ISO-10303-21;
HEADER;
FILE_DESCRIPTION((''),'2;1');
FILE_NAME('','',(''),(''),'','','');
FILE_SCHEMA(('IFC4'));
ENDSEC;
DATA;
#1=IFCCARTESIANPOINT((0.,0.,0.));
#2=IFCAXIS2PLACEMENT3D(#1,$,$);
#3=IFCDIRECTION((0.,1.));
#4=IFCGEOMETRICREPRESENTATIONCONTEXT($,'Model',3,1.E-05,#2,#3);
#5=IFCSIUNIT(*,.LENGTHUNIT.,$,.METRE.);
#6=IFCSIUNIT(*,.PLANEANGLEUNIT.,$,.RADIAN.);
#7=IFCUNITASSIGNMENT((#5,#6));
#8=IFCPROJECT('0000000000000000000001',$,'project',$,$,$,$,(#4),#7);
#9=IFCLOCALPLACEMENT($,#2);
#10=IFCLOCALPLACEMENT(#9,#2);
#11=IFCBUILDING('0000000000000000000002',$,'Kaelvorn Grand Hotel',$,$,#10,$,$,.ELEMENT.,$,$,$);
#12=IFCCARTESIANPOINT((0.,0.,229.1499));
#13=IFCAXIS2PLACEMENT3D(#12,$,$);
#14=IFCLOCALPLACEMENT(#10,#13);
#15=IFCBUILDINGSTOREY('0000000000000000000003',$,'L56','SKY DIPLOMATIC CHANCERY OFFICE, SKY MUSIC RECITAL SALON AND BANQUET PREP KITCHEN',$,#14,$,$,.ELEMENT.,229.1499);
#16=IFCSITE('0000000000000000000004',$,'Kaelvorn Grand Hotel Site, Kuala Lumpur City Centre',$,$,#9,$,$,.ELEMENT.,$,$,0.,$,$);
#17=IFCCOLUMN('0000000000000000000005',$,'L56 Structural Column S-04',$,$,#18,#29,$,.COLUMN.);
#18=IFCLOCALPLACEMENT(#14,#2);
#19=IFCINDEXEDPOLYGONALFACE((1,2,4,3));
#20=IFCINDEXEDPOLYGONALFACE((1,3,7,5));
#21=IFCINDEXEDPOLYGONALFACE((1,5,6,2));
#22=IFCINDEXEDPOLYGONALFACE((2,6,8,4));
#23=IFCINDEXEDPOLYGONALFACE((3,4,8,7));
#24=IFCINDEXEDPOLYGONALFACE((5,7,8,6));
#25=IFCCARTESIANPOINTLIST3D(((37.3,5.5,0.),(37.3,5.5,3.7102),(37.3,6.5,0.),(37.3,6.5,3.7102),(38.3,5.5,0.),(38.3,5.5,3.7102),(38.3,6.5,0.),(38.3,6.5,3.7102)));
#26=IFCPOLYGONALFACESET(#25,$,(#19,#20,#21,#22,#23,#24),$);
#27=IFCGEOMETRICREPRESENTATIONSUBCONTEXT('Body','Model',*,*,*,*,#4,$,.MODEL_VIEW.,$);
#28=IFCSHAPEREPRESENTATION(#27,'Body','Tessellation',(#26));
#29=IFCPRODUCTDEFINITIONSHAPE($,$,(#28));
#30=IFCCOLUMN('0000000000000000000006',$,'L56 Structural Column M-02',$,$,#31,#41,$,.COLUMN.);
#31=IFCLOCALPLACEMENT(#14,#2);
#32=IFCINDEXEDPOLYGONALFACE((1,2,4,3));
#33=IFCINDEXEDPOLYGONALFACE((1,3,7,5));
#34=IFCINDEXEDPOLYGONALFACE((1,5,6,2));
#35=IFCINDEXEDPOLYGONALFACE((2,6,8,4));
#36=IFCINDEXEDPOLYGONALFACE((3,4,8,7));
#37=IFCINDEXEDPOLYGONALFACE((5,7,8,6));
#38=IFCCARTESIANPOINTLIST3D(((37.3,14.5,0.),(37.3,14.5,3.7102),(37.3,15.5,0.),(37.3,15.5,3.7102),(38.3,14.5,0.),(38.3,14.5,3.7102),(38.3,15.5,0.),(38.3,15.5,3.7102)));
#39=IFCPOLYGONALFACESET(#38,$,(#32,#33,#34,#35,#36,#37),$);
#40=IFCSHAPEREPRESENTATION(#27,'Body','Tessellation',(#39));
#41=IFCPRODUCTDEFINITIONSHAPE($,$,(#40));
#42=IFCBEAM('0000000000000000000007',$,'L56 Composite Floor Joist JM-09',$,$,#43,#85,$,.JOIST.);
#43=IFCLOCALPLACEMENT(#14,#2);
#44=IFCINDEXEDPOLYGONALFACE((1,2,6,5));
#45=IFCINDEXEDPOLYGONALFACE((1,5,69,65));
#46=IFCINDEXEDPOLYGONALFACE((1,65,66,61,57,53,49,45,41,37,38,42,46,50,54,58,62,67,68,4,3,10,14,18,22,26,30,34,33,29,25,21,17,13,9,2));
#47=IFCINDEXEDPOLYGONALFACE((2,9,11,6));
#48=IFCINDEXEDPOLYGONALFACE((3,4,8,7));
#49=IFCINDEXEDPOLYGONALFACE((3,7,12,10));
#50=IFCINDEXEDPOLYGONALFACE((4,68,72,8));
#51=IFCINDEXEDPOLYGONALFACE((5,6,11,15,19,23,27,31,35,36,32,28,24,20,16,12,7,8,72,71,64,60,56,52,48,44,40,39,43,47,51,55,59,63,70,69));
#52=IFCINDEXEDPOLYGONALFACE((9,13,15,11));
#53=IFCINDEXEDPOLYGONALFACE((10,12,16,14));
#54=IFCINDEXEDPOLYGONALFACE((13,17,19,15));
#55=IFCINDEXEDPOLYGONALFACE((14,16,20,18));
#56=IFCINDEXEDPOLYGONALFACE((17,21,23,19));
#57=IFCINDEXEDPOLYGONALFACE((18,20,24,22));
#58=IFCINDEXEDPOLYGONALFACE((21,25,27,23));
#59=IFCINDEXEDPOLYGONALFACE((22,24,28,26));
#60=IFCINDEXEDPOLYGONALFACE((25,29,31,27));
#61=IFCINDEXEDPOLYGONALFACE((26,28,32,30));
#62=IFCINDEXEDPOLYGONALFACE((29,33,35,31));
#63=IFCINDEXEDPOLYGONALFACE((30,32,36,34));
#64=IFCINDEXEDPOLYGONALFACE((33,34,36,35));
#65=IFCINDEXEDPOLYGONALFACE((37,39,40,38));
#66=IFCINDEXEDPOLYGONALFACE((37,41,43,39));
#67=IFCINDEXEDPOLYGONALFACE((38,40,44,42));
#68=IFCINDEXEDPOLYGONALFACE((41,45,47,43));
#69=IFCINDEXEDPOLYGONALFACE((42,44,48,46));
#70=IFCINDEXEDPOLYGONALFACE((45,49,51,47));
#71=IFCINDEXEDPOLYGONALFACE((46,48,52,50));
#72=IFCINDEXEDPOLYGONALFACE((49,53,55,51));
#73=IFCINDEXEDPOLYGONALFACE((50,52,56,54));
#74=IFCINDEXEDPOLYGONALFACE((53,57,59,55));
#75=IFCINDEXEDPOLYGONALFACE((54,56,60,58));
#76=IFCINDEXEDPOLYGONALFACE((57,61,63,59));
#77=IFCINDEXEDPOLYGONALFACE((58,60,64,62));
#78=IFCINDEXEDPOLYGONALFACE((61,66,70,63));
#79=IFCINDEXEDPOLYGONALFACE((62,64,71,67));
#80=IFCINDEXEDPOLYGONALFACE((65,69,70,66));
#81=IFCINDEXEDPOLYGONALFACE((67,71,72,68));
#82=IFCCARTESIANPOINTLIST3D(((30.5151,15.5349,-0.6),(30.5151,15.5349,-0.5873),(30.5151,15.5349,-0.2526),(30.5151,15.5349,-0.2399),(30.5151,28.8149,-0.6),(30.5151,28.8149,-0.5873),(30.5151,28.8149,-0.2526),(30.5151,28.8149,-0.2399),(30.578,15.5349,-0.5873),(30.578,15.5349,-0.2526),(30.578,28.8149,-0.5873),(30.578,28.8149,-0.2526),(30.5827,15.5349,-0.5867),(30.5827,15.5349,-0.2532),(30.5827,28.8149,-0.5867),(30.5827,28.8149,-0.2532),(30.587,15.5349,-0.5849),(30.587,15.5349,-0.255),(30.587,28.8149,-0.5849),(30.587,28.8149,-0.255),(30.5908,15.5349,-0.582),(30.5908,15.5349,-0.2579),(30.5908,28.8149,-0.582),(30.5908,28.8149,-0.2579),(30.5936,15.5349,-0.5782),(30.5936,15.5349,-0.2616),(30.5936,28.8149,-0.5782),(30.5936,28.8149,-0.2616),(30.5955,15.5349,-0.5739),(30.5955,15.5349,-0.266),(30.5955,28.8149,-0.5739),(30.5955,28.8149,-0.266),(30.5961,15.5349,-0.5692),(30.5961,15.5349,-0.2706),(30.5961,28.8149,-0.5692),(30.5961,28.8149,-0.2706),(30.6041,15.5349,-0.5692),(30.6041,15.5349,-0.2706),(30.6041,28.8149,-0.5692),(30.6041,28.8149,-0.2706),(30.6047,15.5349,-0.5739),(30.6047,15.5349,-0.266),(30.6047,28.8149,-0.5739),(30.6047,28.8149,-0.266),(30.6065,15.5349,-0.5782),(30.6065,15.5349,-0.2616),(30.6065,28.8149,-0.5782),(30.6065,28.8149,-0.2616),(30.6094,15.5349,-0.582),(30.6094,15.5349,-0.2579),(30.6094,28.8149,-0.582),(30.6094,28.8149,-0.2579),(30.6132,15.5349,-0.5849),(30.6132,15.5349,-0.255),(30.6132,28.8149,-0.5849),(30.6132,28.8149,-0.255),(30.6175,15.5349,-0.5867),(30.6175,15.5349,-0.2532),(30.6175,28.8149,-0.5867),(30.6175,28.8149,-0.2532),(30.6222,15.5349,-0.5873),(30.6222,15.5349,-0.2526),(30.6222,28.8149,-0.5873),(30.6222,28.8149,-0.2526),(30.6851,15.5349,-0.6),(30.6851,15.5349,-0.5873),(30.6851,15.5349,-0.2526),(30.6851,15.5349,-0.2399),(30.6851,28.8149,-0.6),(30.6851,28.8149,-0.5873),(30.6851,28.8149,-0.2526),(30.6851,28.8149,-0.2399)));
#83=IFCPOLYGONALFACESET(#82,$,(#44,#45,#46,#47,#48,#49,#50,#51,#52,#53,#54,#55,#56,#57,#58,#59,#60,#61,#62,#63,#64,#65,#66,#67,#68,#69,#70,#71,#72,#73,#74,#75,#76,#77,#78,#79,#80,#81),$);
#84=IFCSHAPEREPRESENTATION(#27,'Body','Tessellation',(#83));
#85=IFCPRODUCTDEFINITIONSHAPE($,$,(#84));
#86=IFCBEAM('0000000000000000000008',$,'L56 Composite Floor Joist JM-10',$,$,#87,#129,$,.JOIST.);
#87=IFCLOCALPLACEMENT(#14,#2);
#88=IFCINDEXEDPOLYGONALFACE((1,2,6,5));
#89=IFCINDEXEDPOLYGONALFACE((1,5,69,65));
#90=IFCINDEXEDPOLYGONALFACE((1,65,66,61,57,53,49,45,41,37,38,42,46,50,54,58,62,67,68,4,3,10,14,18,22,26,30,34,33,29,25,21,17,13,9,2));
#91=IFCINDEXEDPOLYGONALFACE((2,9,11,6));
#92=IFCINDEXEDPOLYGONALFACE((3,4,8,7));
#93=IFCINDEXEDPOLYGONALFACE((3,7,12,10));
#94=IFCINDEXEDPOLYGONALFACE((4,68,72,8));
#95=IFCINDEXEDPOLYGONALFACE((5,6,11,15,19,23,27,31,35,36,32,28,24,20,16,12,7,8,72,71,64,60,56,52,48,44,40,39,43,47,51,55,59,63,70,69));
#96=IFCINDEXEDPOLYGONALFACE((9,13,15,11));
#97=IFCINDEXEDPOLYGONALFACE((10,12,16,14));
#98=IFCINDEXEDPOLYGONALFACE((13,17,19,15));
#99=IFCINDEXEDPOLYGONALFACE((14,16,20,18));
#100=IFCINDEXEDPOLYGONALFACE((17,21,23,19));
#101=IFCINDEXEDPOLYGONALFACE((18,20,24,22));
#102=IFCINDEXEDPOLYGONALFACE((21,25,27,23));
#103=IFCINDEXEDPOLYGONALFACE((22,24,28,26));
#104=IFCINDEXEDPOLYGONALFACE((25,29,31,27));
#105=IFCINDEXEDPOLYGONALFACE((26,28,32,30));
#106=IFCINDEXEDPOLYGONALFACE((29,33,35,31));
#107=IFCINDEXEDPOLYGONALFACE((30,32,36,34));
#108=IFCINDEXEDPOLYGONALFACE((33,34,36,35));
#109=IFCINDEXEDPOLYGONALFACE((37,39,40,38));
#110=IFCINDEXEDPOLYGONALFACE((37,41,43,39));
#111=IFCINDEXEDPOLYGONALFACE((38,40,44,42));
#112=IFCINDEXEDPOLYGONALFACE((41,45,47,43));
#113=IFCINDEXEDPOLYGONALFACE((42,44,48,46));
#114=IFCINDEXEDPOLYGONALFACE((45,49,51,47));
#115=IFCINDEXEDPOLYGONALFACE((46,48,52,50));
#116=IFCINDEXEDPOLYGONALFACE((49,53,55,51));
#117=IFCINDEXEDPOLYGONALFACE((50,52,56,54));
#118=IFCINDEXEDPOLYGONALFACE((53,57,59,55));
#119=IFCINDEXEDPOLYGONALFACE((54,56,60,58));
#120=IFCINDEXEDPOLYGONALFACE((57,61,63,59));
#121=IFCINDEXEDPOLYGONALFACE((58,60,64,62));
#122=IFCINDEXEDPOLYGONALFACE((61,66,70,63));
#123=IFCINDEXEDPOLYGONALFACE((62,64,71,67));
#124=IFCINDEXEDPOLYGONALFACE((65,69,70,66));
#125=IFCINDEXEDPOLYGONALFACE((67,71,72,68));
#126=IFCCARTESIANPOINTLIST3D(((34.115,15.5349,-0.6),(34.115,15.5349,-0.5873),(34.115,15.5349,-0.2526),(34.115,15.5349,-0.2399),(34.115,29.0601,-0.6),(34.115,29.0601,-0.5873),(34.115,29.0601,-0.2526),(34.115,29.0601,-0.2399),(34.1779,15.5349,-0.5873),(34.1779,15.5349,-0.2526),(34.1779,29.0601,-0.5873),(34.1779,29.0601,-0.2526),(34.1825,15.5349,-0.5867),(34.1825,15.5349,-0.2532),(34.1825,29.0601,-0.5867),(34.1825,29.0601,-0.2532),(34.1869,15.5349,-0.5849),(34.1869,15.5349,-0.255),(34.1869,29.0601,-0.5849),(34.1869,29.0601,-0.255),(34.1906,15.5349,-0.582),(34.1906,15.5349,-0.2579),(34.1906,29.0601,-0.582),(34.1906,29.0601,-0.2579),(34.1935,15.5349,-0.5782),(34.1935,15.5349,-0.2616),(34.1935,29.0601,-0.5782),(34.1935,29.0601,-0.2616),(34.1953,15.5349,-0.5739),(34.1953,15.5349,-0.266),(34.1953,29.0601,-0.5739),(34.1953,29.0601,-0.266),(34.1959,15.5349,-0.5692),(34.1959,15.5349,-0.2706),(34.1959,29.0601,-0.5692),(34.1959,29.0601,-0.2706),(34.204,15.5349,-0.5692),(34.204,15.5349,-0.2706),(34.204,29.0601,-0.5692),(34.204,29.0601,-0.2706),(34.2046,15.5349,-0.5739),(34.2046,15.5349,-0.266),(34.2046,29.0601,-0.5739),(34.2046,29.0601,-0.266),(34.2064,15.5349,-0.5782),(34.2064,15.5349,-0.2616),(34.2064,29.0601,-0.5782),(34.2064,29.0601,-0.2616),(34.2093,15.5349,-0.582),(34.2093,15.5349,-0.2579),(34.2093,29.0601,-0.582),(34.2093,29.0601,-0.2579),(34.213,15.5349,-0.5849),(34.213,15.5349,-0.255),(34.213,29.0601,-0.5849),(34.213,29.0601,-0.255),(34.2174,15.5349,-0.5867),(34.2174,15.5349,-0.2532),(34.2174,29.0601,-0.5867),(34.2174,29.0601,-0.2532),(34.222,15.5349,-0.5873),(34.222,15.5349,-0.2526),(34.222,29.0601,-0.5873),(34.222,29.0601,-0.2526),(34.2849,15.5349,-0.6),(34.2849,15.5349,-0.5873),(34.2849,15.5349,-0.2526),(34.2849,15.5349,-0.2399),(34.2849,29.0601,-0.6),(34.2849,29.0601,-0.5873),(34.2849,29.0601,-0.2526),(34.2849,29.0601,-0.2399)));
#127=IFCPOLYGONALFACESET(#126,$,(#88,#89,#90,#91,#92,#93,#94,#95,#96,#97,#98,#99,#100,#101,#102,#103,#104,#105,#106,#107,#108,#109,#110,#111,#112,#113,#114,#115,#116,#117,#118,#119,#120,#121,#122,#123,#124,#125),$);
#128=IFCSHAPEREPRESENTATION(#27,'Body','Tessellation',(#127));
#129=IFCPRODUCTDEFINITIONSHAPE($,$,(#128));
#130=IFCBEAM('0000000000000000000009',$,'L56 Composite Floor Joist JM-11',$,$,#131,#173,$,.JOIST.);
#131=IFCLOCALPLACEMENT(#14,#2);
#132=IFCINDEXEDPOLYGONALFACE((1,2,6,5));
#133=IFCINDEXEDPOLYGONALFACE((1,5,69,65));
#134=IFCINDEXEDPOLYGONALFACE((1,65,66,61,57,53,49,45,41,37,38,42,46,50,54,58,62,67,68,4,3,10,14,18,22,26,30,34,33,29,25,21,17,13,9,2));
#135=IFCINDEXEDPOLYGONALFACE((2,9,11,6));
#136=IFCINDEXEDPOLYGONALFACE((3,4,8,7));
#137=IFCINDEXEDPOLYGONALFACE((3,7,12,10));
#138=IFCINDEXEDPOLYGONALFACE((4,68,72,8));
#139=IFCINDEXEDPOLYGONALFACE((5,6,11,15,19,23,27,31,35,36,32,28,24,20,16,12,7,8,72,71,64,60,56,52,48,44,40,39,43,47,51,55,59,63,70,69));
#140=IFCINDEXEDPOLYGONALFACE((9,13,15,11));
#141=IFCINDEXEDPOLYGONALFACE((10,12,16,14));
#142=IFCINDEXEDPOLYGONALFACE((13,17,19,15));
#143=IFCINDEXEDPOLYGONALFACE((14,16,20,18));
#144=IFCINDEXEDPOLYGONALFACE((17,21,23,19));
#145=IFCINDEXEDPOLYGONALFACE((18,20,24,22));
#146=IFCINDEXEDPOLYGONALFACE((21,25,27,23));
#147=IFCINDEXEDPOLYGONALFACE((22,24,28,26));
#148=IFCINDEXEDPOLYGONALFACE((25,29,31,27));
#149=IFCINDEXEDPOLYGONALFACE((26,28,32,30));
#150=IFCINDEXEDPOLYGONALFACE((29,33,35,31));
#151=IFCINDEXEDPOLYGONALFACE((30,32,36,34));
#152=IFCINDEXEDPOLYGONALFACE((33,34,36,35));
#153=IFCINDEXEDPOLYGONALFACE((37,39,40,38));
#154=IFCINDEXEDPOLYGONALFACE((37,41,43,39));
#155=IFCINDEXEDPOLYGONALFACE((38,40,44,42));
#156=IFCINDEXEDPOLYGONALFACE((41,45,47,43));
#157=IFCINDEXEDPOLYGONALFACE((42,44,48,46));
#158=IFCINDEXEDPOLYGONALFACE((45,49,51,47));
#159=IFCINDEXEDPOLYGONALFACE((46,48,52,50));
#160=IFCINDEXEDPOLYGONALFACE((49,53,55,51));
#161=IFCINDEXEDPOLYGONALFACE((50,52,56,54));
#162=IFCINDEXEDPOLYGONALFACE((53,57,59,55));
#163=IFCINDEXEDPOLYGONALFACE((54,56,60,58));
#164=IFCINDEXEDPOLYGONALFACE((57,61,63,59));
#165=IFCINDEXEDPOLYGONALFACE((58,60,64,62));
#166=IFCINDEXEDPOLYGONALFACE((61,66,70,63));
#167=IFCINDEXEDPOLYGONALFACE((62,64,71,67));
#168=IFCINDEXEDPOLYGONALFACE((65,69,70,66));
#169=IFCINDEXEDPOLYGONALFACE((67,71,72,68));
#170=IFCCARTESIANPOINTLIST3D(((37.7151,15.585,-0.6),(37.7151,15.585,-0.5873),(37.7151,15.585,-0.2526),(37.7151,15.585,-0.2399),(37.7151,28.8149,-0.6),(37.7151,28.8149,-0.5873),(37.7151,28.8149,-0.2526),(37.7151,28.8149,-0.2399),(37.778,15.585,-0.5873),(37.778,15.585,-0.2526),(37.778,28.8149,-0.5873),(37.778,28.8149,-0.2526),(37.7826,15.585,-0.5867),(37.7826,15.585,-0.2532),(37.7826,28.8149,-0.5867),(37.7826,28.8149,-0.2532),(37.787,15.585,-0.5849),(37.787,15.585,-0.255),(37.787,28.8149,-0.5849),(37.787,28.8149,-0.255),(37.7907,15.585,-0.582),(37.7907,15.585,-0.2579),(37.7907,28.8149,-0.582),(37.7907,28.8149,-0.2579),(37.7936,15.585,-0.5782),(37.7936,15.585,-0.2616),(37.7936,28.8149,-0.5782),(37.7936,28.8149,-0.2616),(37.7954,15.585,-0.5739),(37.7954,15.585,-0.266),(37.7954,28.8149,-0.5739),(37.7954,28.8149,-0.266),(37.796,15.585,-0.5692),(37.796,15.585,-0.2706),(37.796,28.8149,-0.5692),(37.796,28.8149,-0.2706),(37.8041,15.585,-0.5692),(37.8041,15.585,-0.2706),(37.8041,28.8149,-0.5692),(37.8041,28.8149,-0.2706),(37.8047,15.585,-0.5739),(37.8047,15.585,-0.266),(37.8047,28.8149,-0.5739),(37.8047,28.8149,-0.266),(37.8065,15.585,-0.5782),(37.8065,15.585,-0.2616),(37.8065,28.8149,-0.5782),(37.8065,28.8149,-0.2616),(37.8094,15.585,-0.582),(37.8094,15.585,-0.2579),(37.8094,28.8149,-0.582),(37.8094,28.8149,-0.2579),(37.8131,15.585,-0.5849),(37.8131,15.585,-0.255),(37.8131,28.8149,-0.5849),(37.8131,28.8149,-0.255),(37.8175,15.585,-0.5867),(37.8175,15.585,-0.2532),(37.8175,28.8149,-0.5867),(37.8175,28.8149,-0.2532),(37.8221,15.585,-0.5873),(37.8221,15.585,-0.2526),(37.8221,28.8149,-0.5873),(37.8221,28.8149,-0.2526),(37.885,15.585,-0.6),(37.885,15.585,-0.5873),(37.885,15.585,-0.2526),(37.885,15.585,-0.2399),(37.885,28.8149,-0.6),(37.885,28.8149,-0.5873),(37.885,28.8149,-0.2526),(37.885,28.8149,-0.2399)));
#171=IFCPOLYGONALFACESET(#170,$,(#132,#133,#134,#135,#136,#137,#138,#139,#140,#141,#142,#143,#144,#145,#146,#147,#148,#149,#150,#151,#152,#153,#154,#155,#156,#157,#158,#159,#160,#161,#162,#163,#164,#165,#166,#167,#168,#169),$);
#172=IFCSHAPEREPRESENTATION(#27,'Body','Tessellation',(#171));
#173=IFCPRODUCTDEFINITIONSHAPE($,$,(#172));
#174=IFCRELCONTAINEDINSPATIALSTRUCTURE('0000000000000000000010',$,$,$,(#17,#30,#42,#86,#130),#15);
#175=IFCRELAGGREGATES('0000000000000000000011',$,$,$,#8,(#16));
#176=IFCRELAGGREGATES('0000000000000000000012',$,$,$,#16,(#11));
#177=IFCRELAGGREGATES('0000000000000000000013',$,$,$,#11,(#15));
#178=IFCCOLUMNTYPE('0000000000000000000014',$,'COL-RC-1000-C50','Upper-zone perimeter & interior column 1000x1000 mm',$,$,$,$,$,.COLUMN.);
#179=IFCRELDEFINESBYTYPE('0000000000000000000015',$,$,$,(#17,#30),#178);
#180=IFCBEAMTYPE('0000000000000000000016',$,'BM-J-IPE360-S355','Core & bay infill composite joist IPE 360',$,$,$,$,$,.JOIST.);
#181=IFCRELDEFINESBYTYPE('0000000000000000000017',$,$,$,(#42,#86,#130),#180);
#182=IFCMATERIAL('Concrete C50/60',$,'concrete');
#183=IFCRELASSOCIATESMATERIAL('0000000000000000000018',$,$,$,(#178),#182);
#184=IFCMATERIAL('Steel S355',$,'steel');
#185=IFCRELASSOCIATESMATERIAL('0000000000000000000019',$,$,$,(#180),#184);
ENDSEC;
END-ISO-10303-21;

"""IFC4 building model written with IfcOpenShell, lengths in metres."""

from ifc_helpers import new_model, si_unit, direction, frame, origin, origin_2d, place, context, subcontext, project, spatial, rectangle, i_section, extrude, material, material_profile, profile_set, type_object, element, save


model = new_model("IFC4")

# Units and contexts
model_context = context("Model", 3, precision=1e-05, world=origin(), true_north=direction((0.0, 1.0)))
body_context = subcontext(model_context, "Body", "Model", "MODEL_VIEW")
ifc_project = project(units=[si_unit("LENGTHUNIT", "METRE"), si_unit("PLANEANGLEUNIT", "RADIAN")], contexts=[model_context])

# Site, building, storey
site_placement = place(None, origin())
site = spatial("IfcSite", under=ifc_project, at=site_placement, Name="Kaelvorn Grand Hotel Site, Kuala Lumpur City Centre", CompositionType="ELEMENT", RefElevation=0.0)
building_placement = place(site_placement, origin())
building = spatial("IfcBuilding", under=site, at=building_placement, Name="Kaelvorn Grand Hotel", CompositionType="ELEMENT")
storey_placement = place(building_placement, frame((0.0, 0.0, 229.1499)))
storey = spatial("IfcBuildingStorey", under=building, at=storey_placement, Name="L56", Description="SKY DIPLOMATIC CHANCERY OFFICE, SKY MUSIC RECITAL SALON AND BANQUET PREP KITCHEN", CompositionType="ELEMENT", Elevation=229.1499)

# Columns
ifc_material_1 = material(Name="Concrete C50/60", Category="concrete")
ifc_material_profile_1 = material_profile(ifc_material_1, rectangle(XDim=1.0, YDim=1.0, at=origin_2d()), Name="RC COL 1000x1000")
ifc_profile_set_1 = profile_set([ifc_material_profile_1], Name="Concrete C50/60")
column_type = type_object("IfcColumnType", Name="COL-RC-1000-C50", Description="Upper-zone perimeter & interior column 1000x1000 mm", PredefinedType="COLUMN", material=ifc_profile_set_1)
for number, where, z_axis, x_axis, name in (
    (1, (37.8, 6.0, 0.0), (0.0, 0.0, 1.0), (1.0, 0.0, 0.0), "L56 Structural Column S-04"),
    (2, (37.8, 15.0, 0.0), (0.0, 0.0, 1.0), (1.0, 0.0, 0.0), "L56 Structural Column M-02"),
):
    element("IfcColumn", number, at=place(storey_placement, frame(where, z_axis=z_axis, x_axis=x_axis)), inside=storey, type_object=column_type, Name=name, PredefinedType="COLUMN", context=body_context, shape_type="SweptSolid", body=[
        extrude(rectangle(XDim=1.0, YDim=1.0, at=origin_2d()), origin(), (0.0, 0.0, 1.0), 3.7102),
    ])

# Beams
ifc_material_2 = material(Name="Steel S355", Category="steel")
ifc_material_profile_2 = material_profile(ifc_material_2, i_section(OverallWidth=0.1699, OverallDepth=0.3601, WebThickness=0.0081, FlangeThickness=0.0127, FilletRadius=0.0181, at=origin_2d()), Name="IPE 360")
ifc_profile_set_2 = profile_set([ifc_material_profile_2], Name="Steel S355")
beam_type_1 = type_object("IfcBeamType", Name="BM-J-IPE360-S355", Description="Core & bay infill composite joist IPE 360", PredefinedType="JOIST", material=ifc_profile_set_2)
beam_1_placement = place(storey_placement, frame((30.6001, 15.5349, -0.4199), z_axis=(0.0, 1.0, 0.0), x_axis=(-1.0, 0.0, 0.0)))
element("IfcBeam", 3, at=beam_1_placement, inside=storey, type_object=beam_type_1, Name="L56 Composite Floor Joist JM-09", PredefinedType="JOIST", context=body_context, shape_type="SweptSolid", body=[
    extrude(i_section(OverallWidth=0.1699, OverallDepth=0.3601, WebThickness=0.0081, FlangeThickness=0.0127, FilletRadius=0.0181, at=origin_2d()), origin(), (0.0, 0.0, 1.0), 13.28),
])
beam_2_placement = place(storey_placement, frame((34.2, 15.5349, -0.4199), z_axis=(0.0, 1.0, 0.0), x_axis=(-1.0, 0.0, 0.0)))
element("IfcBeam", 4, at=beam_2_placement, inside=storey, type_object=beam_type_1, Name="L56 Composite Floor Joist JM-10", PredefinedType="JOIST", context=body_context, shape_type="SweptSolid", body=[
    extrude(i_section(OverallWidth=0.1699, OverallDepth=0.3601, WebThickness=0.0081, FlangeThickness=0.0127, FilletRadius=0.0181, at=origin_2d()), origin(), (0.0, 0.0, 1.0), 13.5251),
])
beam_3_placement = place(storey_placement, frame((37.8, 15.585, -0.4199), z_axis=(0.0, 1.0, 0.0), x_axis=(-1.0, 0.0, 0.0)))
element("IfcBeam", 5, at=beam_3_placement, inside=storey, type_object=beam_type_1, Name="L56 Composite Floor Joist JM-11", PredefinedType="JOIST", context=body_context, shape_type="SweptSolid", body=[
    extrude(i_section(OverallWidth=0.1699, OverallDepth=0.3601, WebThickness=0.0081, FlangeThickness=0.0127, FilletRadius=0.0181, at=origin_2d()), origin(), (0.0, 0.0, 1.0), 13.23),
])

save(model, "model.ifc")
